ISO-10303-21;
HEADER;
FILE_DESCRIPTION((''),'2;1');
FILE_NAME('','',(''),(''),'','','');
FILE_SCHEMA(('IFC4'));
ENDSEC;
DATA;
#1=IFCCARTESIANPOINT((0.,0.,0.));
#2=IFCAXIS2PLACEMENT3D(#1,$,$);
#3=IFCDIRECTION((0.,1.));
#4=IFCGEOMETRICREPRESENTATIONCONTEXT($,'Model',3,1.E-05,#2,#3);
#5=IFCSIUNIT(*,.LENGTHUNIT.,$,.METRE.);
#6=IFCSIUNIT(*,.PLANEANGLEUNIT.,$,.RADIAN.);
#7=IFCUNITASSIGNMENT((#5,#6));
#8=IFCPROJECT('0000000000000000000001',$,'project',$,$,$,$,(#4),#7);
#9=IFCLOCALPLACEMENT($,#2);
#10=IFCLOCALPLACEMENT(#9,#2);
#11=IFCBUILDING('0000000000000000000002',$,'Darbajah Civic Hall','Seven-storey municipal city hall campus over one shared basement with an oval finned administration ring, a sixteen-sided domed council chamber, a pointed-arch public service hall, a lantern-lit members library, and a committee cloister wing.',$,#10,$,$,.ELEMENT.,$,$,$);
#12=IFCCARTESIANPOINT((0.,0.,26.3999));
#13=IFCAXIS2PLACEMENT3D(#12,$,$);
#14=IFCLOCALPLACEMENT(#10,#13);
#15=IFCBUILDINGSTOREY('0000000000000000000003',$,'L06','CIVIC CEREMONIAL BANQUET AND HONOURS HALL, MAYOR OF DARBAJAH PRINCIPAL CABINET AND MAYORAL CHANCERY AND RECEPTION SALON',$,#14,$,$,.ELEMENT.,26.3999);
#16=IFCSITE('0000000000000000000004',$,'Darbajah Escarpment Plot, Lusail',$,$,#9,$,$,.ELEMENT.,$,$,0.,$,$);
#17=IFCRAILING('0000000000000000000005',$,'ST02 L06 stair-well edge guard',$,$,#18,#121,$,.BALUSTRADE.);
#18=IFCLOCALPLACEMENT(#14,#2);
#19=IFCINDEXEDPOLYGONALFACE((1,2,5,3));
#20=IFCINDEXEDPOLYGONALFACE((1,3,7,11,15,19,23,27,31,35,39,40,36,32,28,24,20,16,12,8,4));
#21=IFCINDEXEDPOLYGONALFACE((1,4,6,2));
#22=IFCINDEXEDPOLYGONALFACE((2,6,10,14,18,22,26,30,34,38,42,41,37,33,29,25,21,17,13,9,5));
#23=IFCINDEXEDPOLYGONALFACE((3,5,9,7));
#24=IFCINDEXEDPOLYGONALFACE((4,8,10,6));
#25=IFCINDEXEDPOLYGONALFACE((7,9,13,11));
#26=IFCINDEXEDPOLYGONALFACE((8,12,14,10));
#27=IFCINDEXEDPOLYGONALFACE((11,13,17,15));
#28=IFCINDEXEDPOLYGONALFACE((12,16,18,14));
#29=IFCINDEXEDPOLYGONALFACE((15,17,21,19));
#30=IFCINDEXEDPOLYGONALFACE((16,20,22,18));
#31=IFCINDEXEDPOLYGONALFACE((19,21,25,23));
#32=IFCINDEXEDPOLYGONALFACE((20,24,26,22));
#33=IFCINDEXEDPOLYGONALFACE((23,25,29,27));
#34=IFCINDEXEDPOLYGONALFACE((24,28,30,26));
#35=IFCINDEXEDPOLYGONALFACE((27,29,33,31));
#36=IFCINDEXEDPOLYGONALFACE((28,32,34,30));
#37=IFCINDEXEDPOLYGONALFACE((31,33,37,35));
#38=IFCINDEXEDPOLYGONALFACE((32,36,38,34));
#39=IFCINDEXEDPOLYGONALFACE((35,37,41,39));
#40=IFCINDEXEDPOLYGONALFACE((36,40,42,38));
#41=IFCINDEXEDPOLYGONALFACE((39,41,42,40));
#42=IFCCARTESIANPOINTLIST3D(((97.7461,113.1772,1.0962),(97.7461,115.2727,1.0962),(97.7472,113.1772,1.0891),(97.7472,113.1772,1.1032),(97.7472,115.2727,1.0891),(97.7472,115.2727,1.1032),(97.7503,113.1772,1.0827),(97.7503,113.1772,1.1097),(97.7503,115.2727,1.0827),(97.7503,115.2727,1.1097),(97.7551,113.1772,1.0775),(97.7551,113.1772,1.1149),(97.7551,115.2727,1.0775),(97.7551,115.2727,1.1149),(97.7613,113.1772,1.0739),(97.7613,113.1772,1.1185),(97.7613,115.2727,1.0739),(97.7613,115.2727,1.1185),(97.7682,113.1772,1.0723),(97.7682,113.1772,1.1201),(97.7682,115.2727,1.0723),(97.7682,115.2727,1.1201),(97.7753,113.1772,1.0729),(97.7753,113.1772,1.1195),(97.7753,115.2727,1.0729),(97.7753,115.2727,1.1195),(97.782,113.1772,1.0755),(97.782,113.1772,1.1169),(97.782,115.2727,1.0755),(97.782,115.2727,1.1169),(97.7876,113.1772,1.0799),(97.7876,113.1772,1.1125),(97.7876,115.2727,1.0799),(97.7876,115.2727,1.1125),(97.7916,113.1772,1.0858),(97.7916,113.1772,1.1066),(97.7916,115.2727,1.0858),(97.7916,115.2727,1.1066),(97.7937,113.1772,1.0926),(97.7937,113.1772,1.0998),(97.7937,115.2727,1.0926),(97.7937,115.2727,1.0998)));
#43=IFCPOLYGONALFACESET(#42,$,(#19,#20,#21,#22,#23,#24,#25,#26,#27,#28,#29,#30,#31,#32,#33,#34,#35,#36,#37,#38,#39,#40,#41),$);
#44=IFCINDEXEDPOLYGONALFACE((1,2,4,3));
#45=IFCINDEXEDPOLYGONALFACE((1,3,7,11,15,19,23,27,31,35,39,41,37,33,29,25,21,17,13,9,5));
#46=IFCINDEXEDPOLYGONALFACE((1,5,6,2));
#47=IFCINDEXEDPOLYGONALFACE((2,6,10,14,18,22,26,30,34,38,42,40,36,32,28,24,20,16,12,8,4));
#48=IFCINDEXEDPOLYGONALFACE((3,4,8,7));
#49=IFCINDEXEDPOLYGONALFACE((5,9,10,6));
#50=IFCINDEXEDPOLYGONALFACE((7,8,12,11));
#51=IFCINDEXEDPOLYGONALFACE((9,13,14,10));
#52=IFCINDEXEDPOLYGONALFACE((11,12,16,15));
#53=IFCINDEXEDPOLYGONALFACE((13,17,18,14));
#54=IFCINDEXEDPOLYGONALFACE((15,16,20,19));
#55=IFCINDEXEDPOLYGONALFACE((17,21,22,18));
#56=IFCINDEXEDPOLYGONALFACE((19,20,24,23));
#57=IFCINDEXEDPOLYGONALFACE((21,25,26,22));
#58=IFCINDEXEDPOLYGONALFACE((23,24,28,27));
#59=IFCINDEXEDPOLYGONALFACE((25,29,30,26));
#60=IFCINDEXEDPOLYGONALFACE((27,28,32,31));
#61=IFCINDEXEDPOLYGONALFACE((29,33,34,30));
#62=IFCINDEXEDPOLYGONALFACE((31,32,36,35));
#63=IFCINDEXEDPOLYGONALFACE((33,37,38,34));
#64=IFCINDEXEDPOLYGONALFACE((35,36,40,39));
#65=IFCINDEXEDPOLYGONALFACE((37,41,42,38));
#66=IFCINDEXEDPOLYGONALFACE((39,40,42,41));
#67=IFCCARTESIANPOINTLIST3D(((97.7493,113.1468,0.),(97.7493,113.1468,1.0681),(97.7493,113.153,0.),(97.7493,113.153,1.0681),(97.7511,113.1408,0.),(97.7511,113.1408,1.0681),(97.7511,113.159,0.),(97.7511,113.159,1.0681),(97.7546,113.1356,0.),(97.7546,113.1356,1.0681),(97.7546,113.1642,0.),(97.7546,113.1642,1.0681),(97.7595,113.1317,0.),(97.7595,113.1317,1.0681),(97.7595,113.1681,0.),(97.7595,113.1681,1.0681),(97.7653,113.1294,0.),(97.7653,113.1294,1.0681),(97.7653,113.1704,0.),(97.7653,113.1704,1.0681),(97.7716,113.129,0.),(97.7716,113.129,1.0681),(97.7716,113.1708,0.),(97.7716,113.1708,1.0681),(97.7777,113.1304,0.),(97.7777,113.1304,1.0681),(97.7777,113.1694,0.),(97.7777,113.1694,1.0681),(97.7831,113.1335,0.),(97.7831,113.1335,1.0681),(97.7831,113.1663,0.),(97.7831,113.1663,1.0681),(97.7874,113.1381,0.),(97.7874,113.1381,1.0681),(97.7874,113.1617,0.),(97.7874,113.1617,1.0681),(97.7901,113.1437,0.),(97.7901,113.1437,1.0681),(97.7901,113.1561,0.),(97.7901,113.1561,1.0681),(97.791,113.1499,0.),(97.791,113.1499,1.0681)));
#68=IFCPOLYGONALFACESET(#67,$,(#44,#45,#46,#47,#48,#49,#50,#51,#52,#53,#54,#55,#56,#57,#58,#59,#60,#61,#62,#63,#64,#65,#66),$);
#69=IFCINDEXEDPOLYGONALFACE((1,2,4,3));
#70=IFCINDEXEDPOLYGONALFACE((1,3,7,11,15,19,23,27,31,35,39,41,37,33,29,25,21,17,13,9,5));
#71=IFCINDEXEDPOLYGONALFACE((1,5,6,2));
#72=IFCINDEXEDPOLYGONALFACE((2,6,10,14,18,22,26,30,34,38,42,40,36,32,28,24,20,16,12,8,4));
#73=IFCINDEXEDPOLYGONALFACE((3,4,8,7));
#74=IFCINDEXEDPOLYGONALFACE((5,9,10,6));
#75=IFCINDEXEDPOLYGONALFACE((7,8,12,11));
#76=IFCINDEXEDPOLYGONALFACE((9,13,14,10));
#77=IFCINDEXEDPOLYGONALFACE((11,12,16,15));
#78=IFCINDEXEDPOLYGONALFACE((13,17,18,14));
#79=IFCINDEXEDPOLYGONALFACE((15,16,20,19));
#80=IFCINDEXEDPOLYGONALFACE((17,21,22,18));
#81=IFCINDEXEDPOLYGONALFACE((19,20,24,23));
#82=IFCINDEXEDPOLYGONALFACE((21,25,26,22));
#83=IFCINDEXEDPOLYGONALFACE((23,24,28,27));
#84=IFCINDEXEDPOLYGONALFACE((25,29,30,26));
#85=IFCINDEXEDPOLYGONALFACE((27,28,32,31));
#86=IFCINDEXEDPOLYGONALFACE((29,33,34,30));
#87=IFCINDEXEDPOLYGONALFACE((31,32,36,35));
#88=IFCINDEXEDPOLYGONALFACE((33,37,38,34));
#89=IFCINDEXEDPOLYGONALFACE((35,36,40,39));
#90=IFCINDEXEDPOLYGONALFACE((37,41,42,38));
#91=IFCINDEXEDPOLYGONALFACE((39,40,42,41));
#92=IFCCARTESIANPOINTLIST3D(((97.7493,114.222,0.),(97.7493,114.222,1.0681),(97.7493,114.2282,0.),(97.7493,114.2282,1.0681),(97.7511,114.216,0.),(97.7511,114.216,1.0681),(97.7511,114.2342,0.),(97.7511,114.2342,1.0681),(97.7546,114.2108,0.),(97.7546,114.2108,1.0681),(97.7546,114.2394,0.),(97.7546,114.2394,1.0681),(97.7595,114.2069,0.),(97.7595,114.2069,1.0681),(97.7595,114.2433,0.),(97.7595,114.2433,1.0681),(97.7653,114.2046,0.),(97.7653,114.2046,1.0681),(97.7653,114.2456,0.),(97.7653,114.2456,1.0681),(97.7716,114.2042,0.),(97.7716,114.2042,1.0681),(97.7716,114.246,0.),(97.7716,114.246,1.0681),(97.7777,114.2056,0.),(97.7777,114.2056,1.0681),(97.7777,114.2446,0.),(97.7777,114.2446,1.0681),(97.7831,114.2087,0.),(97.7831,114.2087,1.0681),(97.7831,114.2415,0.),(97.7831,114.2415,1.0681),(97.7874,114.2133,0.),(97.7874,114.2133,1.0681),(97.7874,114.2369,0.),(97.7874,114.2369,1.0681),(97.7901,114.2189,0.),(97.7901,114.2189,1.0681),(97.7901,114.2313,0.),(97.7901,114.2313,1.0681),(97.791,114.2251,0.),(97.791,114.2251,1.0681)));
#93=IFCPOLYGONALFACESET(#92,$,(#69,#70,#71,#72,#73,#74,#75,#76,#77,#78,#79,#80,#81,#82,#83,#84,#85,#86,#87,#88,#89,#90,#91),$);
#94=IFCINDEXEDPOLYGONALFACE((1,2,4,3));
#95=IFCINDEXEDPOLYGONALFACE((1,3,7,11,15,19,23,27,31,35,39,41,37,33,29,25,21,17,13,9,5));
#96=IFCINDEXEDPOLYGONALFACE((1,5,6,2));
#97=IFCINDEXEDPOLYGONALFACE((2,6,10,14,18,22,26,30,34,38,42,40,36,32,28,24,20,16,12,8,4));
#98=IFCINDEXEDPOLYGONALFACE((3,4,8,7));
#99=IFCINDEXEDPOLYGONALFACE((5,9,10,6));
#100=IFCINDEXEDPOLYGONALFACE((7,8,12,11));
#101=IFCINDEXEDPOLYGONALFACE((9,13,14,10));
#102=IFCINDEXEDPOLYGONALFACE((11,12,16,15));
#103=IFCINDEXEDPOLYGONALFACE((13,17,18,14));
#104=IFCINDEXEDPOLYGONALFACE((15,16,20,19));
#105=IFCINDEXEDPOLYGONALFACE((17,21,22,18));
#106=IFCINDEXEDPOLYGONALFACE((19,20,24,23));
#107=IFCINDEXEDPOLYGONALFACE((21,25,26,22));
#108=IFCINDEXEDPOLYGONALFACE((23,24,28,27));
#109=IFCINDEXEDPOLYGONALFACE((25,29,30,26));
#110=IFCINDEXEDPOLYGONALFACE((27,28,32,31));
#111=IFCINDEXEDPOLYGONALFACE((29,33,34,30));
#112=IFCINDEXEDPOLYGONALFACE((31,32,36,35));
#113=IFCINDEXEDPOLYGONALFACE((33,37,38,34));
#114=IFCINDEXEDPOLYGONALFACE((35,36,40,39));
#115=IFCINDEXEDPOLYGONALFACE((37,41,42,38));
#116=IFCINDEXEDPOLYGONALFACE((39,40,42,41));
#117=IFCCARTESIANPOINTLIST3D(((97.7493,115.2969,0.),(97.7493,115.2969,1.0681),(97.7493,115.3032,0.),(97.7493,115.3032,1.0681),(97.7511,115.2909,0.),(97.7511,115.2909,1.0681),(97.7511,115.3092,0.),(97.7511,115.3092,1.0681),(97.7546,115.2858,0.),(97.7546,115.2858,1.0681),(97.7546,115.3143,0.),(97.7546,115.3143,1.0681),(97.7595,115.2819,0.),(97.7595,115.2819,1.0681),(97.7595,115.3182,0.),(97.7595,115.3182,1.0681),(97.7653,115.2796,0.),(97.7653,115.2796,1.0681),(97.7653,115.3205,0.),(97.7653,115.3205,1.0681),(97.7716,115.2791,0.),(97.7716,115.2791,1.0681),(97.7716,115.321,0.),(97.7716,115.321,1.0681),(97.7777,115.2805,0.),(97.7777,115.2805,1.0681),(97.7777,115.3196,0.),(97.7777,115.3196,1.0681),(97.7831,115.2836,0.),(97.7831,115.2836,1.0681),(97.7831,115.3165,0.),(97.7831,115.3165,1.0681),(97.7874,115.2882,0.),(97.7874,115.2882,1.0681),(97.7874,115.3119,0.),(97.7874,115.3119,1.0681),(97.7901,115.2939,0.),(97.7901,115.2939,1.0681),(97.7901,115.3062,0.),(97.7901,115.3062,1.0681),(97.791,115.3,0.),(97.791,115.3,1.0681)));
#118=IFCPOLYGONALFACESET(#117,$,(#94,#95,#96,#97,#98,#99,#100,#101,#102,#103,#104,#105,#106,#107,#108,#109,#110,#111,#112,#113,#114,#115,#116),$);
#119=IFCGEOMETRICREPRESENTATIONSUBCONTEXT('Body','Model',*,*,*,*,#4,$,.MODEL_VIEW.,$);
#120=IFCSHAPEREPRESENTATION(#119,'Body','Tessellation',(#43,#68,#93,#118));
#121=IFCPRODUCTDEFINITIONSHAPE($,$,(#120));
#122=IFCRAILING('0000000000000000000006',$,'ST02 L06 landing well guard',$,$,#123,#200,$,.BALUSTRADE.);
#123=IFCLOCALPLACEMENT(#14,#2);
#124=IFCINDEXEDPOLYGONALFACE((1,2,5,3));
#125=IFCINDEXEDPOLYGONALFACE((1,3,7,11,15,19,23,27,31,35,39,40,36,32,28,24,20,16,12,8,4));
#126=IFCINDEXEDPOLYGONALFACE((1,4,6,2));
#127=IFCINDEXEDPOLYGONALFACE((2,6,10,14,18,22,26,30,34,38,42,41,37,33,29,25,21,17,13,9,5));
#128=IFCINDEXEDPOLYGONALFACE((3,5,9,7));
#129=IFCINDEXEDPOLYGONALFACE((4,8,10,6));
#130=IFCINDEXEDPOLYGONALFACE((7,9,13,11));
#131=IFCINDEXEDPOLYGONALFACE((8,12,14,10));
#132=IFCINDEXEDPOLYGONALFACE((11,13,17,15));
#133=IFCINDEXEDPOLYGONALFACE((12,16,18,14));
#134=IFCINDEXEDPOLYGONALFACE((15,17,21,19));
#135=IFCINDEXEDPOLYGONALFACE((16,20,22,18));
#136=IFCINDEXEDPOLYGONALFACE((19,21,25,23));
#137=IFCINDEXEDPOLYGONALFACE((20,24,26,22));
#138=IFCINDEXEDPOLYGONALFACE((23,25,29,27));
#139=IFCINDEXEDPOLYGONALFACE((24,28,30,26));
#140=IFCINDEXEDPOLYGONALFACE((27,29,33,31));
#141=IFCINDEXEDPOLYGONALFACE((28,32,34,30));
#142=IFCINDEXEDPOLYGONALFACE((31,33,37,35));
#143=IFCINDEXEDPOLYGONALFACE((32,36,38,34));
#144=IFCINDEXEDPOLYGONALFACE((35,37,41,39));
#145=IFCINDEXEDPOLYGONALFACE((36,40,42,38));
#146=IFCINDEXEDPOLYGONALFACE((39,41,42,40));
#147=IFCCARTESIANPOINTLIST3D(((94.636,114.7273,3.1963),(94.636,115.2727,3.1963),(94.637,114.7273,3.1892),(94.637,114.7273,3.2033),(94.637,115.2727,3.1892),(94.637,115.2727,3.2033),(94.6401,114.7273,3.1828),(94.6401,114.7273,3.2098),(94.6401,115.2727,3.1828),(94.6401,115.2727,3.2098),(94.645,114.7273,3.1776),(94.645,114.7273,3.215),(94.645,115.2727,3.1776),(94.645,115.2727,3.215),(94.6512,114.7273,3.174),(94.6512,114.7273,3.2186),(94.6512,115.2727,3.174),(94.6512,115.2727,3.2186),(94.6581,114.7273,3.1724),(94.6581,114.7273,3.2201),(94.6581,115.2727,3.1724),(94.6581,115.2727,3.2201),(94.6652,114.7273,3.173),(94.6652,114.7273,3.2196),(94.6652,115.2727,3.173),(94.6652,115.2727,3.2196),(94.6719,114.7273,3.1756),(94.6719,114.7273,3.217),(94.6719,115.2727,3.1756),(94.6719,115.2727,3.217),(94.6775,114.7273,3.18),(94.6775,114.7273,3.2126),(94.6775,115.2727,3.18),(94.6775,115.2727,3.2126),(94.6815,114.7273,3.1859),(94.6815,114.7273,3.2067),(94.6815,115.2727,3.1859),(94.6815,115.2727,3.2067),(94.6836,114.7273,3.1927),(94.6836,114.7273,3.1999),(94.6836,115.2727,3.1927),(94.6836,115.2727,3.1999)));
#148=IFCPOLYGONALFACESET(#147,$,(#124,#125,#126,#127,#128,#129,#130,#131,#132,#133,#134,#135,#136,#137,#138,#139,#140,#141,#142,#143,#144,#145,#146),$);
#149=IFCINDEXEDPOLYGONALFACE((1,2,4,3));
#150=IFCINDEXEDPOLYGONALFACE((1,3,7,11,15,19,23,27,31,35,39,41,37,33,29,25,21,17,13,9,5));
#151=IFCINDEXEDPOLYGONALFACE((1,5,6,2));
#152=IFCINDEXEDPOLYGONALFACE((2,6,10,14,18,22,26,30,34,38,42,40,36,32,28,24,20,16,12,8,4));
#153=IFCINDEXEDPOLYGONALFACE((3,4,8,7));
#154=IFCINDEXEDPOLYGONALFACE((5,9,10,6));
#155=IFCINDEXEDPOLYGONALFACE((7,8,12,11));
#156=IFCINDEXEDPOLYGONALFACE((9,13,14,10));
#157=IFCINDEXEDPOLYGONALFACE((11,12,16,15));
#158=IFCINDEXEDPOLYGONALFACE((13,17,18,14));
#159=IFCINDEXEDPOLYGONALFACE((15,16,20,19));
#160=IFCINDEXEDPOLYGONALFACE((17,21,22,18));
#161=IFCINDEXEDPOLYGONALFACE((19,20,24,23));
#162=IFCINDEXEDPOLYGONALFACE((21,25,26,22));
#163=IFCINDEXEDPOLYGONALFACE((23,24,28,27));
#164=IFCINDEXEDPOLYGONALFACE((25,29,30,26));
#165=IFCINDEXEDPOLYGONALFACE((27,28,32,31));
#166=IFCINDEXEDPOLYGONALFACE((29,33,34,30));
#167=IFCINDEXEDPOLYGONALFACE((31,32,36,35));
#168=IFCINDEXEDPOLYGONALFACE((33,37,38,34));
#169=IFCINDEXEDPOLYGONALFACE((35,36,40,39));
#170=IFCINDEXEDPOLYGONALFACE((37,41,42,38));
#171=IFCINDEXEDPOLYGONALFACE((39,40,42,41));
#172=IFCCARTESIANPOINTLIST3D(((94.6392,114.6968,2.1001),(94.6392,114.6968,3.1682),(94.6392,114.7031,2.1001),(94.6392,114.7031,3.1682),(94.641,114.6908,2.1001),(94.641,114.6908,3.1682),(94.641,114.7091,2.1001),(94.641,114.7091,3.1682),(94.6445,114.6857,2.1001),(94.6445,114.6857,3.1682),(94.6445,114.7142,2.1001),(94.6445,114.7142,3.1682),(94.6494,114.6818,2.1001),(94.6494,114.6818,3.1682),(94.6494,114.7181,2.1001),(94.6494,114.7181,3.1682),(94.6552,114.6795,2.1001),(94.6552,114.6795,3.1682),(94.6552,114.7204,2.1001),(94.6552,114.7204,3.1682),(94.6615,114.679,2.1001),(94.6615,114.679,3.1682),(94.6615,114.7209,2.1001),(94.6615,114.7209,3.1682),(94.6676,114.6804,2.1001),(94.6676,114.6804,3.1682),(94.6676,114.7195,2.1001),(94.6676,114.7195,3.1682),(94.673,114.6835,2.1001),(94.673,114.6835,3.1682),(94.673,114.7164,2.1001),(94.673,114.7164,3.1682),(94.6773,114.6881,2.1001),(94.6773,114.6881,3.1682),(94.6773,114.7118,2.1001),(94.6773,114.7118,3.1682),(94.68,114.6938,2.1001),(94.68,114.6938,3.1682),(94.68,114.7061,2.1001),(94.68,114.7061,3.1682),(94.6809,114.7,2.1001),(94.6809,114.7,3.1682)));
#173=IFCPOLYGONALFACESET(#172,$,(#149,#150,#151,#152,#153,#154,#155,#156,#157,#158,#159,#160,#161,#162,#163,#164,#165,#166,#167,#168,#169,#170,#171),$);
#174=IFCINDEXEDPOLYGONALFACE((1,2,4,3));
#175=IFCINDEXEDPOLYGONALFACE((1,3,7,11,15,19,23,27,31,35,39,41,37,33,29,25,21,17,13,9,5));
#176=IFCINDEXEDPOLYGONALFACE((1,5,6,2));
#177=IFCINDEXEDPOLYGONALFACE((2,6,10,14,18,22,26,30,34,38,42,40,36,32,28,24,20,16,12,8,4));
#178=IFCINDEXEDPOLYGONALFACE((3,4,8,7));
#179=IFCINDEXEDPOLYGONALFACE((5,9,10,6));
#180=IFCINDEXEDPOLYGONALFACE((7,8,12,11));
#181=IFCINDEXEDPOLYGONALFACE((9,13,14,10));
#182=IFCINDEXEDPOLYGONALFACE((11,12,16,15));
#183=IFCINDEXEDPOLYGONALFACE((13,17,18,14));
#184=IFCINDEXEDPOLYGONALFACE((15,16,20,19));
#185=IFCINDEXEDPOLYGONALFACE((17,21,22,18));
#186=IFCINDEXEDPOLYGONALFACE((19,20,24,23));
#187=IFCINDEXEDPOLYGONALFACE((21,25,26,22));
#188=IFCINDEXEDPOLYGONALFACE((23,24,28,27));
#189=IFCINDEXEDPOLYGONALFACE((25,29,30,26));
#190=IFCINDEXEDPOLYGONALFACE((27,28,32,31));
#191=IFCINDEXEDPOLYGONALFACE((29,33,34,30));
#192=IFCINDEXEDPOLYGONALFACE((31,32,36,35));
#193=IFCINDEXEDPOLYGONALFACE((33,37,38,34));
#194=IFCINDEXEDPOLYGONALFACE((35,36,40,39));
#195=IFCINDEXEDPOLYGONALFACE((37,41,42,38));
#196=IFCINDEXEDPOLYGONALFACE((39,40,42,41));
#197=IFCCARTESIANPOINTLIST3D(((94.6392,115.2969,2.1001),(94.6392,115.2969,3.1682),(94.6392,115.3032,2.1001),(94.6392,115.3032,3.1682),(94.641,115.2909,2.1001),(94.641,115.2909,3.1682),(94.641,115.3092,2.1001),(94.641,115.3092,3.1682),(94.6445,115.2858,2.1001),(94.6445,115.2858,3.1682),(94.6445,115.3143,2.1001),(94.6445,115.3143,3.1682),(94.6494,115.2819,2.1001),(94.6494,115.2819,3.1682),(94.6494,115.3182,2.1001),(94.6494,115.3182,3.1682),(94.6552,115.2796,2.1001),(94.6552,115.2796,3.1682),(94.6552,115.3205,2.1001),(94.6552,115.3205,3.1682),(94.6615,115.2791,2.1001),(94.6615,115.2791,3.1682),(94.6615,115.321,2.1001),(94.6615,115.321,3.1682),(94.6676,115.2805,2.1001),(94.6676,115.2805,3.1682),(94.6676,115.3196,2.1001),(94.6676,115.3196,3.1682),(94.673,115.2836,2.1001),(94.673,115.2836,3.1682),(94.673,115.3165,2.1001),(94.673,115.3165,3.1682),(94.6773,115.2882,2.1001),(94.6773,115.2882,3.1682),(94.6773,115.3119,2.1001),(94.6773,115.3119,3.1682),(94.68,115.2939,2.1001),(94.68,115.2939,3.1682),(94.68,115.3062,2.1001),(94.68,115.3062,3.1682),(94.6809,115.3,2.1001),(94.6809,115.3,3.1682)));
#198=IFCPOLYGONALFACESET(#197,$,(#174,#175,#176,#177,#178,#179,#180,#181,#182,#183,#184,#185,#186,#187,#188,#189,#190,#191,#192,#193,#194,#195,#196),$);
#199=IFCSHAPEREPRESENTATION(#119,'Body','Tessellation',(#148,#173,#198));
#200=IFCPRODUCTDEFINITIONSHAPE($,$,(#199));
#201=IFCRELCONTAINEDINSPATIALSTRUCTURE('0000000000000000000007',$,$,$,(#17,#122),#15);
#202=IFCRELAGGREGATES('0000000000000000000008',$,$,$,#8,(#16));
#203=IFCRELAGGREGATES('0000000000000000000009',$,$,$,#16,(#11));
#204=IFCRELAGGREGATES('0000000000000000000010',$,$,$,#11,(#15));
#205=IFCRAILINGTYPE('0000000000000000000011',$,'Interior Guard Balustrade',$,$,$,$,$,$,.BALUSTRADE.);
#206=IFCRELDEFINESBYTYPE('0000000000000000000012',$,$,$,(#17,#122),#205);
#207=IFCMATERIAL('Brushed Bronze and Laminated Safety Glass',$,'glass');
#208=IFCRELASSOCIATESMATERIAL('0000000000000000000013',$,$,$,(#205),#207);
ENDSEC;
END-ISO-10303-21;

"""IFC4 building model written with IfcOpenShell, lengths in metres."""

from ifc_helpers import new_model, si_unit, direction, frame, origin, origin_2d, place, context, subcontext, project, spatial, circle, extrude, material, type_object, element, save


model = new_model("IFC4")

# Units and contexts
model_context = context("Model", 3, precision=1e-05, world=origin(), true_north=direction((0.0, 1.0)))
body_context = subcontext(model_context, "Body", "Model", "MODEL_VIEW")
ifc_project = project(units=[si_unit("LENGTHUNIT", "METRE"), si_unit("PLANEANGLEUNIT", "RADIAN")], contexts=[model_context])

# Site, building, storey
site_placement = place(None, origin())
site = spatial("IfcSite", under=ifc_project, at=site_placement, Name="Darbajah Escarpment Plot, Lusail", CompositionType="ELEMENT", RefElevation=0.0)
building_placement = place(site_placement, origin())
building = spatial("IfcBuilding", under=site, at=building_placement, Name="Darbajah Civic Hall", Description="Seven-storey municipal city hall campus over one shared basement with an oval finned administration ring, a sixteen-sided domed council chamber, a pointed-arch public service hall, a lantern-lit members library, and a committee cloister wing.", CompositionType="ELEMENT")
storey_placement = place(building_placement, frame((0.0, 0.0, 26.3999)))
storey = spatial("IfcBuildingStorey", under=building, at=storey_placement, Name="L06", Description="CIVIC CEREMONIAL BANQUET AND HONOURS HALL, MAYOR OF DARBAJAH PRINCIPAL CABINET AND MAYORAL CHANCERY AND RECEPTION SALON", CompositionType="ELEMENT", Elevation=26.3999)

# Railings
ifc_material_1 = material(Name="Brushed Bronze and Laminated Safety Glass", Category="glass")
railing_type_1 = type_object("IfcRailingType", Name="Interior Guard Balustrade", PredefinedType="BALUSTRADE", material=ifc_material_1)
railing_1_placement = place(storey_placement, frame((97.77, 113.1499, 0.0)))
element("IfcRailing", 1, at=railing_1_placement, inside=storey, type_object=railing_type_1, Name="ST02 L06 stair-well edge guard", PredefinedType="BALUSTRADE", context=body_context, shape_type="SweptSolid", body=[
    extrude(circle(Radius=0.0239, at=origin_2d()), frame((0.0, 0.0273, 1.0962), z_axis=(0.0, 1.0, 0.0), x_axis=(-1.0, 0.0, 0.0)), (0.0, 0.0, 1.0), 2.0955),
    extrude(circle(Radius=0.021, at=origin_2d()), origin(), (0.0, 0.0, 1.0), 1.0681),
    extrude(circle(Radius=0.021, at=origin_2d()), frame((0.0, 1.0752, 0.0)), (0.0, 0.0, 1.0), 1.0681),
    extrude(circle(Radius=0.021, at=origin_2d()), frame((0.0, 2.1501, 0.0)), (0.0, 0.0, 1.0), 1.0681),
])
railing_2_placement = place(storey_placement, frame((94.6599, 114.7, 2.1001)))
element("IfcRailing", 2, at=railing_2_placement, inside=storey, type_object=railing_type_1, Name="ST02 L06 landing well guard", PredefinedType="BALUSTRADE", context=body_context, shape_type="SweptSolid", body=[
    extrude(circle(Radius=0.0239, at=origin_2d()), frame((0.0, 0.0273, 1.0962), z_axis=(0.0, 1.0, 0.0), x_axis=(-1.0, 0.0, 0.0)), (0.0, 0.0, 1.0), 0.5454),
    extrude(circle(Radius=0.021, at=origin_2d()), origin(), (0.0, 0.0, 1.0), 1.0681),
    extrude(circle(Radius=0.021, at=origin_2d()), frame((0.0, 0.6001, 0.0)), (0.0, 0.0, 1.0), 1.0681),
])

save(model, "model.ifc")
